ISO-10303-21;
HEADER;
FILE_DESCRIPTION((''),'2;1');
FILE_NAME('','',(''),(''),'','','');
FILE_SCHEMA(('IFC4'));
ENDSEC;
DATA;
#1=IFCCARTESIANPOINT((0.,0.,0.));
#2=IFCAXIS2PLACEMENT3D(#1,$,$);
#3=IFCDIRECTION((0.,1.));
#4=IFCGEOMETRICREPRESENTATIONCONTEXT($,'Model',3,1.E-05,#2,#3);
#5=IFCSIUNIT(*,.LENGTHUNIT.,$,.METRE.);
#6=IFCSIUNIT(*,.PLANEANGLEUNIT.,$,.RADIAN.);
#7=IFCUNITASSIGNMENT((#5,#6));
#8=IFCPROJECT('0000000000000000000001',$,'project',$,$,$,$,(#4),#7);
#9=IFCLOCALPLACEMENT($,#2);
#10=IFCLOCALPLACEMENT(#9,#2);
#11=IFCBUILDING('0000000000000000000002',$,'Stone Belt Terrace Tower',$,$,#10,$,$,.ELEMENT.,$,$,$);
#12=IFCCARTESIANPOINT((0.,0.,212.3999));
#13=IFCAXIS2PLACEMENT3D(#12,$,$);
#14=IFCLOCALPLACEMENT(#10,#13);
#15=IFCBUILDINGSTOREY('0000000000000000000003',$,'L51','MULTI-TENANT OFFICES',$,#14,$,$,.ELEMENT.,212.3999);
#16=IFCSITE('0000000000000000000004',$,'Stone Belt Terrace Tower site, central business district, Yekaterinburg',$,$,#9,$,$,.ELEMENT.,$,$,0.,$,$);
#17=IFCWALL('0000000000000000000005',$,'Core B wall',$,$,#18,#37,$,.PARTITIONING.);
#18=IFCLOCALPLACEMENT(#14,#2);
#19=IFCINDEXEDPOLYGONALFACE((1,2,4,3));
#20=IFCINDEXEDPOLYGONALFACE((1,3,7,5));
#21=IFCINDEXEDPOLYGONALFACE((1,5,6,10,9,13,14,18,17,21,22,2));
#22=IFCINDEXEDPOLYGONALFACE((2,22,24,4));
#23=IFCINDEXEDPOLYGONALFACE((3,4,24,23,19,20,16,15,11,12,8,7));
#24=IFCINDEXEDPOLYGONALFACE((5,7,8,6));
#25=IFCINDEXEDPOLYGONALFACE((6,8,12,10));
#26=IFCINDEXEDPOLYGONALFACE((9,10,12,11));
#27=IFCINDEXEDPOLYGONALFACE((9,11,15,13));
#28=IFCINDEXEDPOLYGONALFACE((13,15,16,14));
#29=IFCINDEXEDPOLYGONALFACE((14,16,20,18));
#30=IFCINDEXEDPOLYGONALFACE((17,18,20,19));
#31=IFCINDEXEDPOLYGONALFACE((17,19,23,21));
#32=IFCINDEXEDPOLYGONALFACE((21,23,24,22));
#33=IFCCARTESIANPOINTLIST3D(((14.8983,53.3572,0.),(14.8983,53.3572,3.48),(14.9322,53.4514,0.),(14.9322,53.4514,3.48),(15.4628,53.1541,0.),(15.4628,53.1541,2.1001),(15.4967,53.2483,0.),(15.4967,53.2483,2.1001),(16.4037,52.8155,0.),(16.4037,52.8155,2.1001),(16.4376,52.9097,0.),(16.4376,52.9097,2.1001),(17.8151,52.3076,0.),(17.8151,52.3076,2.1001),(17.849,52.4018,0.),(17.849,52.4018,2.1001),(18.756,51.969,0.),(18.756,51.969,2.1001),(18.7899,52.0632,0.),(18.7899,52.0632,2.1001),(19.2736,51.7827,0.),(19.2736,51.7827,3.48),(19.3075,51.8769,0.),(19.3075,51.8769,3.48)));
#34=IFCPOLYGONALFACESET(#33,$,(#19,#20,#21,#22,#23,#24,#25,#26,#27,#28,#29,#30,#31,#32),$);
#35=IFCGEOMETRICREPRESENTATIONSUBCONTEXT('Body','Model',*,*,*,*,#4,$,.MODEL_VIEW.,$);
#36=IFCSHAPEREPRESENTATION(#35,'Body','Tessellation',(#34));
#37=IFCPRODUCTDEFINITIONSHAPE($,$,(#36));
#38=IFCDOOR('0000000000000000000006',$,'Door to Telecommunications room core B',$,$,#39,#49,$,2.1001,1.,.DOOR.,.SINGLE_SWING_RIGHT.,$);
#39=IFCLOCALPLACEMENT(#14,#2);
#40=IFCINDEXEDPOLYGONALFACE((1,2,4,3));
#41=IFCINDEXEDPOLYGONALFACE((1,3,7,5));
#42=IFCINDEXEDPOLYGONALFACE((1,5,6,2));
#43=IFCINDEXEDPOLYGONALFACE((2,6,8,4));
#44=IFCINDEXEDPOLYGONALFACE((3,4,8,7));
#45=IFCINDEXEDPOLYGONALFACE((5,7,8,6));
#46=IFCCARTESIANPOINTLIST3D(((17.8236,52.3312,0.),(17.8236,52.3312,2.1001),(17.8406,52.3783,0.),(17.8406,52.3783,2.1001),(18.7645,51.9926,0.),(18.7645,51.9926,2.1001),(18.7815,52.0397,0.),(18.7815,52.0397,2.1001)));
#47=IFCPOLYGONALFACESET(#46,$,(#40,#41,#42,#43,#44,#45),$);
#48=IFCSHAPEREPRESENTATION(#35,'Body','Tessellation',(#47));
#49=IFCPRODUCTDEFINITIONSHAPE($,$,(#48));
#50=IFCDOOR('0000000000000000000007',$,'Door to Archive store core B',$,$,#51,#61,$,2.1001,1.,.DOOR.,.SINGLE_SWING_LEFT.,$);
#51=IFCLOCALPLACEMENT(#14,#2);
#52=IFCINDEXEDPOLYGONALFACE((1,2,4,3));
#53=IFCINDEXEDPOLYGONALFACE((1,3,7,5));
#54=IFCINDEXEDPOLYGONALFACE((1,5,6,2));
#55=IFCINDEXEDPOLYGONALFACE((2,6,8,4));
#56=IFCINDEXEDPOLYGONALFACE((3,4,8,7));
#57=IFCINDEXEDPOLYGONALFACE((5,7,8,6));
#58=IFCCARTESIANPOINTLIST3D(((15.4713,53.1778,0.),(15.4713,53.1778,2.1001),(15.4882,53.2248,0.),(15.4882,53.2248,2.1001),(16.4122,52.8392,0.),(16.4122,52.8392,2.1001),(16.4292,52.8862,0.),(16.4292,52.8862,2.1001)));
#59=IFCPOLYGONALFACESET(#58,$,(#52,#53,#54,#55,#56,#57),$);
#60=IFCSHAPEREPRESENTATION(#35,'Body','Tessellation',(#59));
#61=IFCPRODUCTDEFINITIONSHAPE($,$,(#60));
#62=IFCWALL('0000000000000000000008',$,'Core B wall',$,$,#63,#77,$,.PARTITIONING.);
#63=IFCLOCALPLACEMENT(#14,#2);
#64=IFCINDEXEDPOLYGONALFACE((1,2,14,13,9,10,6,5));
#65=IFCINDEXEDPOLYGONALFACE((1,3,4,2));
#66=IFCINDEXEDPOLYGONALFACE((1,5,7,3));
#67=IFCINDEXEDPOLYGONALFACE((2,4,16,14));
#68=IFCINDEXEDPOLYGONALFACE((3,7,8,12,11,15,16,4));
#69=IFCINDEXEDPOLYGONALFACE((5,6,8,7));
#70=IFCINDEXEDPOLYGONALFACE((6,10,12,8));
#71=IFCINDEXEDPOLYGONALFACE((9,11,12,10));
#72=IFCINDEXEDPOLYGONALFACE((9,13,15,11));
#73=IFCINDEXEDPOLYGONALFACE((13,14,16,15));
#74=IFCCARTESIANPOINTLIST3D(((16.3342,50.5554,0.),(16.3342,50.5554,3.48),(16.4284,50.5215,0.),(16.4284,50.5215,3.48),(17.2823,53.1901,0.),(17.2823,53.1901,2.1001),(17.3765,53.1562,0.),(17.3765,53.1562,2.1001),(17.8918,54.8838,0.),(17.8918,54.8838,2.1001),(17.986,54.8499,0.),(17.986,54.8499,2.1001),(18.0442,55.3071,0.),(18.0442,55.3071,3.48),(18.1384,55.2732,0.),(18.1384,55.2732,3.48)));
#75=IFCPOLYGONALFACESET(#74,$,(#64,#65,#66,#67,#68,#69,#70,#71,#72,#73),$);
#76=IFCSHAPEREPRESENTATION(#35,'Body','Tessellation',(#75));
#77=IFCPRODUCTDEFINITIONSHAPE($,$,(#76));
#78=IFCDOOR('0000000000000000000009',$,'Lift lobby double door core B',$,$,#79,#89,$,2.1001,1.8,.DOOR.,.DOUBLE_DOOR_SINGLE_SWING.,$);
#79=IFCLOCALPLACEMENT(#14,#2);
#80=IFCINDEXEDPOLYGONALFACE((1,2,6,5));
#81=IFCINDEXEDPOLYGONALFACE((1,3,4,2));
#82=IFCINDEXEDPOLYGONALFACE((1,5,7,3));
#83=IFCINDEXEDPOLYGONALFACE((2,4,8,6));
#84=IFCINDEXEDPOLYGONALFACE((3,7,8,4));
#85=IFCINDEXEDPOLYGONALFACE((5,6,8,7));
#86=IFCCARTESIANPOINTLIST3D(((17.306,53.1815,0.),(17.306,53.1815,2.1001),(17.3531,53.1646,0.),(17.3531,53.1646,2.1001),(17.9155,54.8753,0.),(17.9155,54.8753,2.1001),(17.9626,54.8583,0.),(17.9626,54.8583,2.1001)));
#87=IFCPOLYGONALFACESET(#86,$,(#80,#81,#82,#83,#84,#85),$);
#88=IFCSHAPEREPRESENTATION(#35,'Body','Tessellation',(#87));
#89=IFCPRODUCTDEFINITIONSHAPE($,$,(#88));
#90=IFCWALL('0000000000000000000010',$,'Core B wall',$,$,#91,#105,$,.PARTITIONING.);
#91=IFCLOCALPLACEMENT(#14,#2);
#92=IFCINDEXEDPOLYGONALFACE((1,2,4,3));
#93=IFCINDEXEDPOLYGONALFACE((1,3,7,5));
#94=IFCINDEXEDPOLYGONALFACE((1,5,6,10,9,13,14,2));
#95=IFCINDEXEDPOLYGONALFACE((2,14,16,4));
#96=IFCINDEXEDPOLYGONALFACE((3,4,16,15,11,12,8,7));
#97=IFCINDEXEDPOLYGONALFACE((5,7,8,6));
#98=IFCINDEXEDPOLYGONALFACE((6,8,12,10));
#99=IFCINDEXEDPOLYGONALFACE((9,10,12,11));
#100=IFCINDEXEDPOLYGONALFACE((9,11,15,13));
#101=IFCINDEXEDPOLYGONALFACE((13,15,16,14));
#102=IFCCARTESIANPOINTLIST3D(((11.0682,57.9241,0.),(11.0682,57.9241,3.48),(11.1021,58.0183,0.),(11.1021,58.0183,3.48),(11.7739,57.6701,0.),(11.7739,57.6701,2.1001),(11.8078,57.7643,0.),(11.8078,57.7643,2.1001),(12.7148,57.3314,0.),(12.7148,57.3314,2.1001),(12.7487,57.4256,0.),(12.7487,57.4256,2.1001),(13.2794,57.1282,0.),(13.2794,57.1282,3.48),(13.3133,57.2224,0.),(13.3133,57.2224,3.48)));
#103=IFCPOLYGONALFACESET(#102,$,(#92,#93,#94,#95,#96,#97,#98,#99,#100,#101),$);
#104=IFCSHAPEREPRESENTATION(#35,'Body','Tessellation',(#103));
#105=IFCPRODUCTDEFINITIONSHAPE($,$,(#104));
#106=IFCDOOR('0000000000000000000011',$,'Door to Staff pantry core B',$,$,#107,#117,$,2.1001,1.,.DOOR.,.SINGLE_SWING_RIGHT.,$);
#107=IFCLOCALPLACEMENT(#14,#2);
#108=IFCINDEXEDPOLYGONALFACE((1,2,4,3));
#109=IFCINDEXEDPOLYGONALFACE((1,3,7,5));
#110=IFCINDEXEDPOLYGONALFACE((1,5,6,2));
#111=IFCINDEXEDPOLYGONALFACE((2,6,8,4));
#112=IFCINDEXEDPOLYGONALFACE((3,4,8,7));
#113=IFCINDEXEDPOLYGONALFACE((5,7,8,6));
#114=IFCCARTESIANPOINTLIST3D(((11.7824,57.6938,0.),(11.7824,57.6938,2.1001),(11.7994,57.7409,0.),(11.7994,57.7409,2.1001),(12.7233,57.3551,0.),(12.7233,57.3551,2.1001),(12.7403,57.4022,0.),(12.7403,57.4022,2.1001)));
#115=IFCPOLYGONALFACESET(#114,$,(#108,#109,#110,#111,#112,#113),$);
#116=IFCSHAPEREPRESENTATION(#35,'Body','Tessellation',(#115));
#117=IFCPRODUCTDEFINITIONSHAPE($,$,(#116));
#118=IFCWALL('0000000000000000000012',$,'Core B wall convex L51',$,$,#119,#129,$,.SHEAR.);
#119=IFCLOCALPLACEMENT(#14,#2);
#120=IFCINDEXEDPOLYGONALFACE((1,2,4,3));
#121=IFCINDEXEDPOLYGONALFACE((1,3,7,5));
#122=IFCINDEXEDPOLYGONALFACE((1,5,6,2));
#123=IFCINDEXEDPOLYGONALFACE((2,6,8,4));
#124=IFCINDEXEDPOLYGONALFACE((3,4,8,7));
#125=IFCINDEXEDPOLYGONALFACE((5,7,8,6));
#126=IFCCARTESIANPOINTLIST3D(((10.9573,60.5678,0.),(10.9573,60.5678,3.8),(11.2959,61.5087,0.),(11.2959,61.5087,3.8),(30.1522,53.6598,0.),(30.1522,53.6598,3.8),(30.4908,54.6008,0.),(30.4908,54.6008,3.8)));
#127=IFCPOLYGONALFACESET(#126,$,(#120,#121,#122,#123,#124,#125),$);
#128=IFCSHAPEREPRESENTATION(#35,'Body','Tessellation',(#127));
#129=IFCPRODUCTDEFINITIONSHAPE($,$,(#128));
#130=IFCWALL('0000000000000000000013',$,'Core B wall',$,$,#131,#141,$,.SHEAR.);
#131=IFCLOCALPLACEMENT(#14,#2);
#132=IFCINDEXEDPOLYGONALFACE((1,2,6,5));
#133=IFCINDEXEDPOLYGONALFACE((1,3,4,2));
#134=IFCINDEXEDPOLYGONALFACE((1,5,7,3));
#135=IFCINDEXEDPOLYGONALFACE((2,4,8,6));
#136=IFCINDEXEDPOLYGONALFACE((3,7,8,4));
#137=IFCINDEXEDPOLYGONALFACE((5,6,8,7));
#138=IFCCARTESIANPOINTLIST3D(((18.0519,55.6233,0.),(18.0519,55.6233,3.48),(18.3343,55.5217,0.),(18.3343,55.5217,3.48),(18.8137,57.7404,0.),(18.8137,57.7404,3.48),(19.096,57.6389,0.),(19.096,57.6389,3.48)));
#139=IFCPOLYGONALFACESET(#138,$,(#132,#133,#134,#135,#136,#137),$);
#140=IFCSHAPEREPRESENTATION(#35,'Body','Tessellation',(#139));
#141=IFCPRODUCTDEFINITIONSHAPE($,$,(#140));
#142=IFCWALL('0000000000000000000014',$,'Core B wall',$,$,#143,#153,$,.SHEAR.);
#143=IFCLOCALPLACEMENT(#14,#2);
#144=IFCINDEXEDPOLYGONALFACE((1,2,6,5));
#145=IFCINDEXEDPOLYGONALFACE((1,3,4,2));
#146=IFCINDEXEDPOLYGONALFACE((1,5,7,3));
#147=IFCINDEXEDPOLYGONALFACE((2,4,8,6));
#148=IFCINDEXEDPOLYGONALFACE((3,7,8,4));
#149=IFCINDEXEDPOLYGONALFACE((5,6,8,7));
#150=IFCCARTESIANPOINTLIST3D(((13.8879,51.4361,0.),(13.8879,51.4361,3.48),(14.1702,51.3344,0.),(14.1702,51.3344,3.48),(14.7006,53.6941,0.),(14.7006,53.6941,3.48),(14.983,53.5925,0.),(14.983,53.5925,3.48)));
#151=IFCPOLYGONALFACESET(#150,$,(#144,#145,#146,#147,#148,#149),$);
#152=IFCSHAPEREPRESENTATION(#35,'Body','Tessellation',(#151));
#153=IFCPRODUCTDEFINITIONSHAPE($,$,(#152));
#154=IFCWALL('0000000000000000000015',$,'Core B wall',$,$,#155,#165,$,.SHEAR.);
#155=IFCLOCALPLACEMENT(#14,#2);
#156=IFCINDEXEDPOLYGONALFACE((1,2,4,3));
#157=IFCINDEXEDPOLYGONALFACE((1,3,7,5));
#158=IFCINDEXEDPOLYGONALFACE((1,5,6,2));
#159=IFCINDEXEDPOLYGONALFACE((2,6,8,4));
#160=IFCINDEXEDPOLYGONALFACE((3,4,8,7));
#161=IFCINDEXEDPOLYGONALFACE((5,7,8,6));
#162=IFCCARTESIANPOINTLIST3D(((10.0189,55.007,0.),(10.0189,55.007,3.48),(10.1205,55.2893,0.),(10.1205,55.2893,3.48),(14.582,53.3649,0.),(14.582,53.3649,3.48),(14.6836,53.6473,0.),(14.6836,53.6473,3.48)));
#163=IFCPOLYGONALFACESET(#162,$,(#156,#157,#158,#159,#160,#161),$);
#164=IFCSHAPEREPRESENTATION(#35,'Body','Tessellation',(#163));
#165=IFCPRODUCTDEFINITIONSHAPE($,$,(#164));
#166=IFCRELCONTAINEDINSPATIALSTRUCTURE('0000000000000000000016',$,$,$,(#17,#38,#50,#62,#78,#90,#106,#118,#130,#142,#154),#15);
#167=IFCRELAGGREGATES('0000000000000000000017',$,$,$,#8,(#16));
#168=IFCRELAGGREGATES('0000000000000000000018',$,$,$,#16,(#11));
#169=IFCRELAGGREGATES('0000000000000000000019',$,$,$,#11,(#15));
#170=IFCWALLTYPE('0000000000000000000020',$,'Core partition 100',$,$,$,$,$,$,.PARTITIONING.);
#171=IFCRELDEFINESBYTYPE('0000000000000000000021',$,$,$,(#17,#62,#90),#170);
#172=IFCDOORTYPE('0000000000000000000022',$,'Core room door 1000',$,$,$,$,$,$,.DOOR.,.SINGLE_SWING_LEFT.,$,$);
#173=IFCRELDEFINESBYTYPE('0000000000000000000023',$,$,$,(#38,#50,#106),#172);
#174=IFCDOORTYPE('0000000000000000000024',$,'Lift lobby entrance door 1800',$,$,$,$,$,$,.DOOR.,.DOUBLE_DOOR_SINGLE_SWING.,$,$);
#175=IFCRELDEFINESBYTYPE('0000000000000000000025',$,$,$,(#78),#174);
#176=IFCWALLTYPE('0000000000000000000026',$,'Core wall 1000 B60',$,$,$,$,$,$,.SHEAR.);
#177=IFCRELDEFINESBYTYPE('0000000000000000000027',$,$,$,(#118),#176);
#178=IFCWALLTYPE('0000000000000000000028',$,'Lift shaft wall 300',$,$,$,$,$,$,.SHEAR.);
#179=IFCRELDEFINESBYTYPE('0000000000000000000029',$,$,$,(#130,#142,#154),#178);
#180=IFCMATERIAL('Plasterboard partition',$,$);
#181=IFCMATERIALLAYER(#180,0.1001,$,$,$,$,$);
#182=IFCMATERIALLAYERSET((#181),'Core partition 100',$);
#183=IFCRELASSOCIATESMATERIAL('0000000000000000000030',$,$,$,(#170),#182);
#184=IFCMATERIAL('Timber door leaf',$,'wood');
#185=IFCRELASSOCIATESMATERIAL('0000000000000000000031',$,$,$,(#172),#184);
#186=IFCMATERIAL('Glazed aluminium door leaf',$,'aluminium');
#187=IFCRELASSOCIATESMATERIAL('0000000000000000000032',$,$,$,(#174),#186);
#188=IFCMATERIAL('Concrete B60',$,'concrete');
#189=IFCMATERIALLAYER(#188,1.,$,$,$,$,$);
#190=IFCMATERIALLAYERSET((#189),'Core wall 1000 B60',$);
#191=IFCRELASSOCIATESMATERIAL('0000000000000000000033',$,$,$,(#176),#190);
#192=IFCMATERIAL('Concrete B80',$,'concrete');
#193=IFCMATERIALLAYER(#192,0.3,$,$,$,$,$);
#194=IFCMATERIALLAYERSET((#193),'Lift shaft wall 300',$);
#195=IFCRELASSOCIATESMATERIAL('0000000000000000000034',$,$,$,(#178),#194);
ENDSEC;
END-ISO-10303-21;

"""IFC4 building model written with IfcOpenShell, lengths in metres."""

from ifc_helpers import new_model, si_unit, direction, frame, frame_2d, origin, place, context, subcontext, project, spatial, rectangle, extrude, material, layer, layer_set, type_object, element, fill, save


model = new_model("IFC4")

# Units and contexts
model_context = context("Model", 3, precision=1e-05, world=origin(), true_north=direction((0.0, 1.0)))
body_context = subcontext(model_context, "Body", "Model", "MODEL_VIEW")
ifc_project = project(units=[si_unit("LENGTHUNIT", "METRE"), si_unit("PLANEANGLEUNIT", "RADIAN")], contexts=[model_context])

# Site, building, storey
site_placement = place(None, origin())
site = spatial("IfcSite", under=ifc_project, at=site_placement, Name="Stone Belt Terrace Tower site, central business district, Yekaterinburg", CompositionType="ELEMENT", RefElevation=0.0)
building_placement = place(site_placement, origin())
building = spatial("IfcBuilding", under=site, at=building_placement, Name="Stone Belt Terrace Tower", CompositionType="ELEMENT")
storey_placement = place(building_placement, frame((0.0, 0.0, 212.3999)))
storey = spatial("IfcBuildingStorey", under=building, at=storey_placement, Name="L51", Description="MULTI-TENANT OFFICES", CompositionType="ELEMENT", Elevation=212.3999)

# Shared definitions
ifc_material_1 = material(Name="Concrete B60", Category="concrete")

# Wall, openings, doors
ifc_material_2 = material(Name="Plasterboard partition")
ifc_layer_1 = layer(ifc_material_2, 0.1001)
ifc_layer_set_1 = layer_set([ifc_layer_1], Name="Core partition 100")
wall_type_1 = type_object("IfcWallType", Name="Core partition 100", PredefinedType="PARTITIONING", material=ifc_layer_set_1)
wall_1_placement = place(storey_placement, frame((19.2905, 51.8298, 0.0), z_axis=(0.0, 0.0, 1.0), x_axis=(-0.94093, 0.3386, 0.0)))
wall_1 = element("IfcWall", 1, at=wall_1_placement, inside=storey, type_object=wall_type_1, Name="Core B wall", PredefinedType="PARTITIONING", context=body_context, shape_type="SweptSolid", body=[
    extrude(rectangle(XDim=4.6499, YDim=0.1001, at=frame_2d((2.325, 0.0))), origin(), (0.0, 0.0, 1.0), 3.48),
])
opening_1_placement = place(wall_1_placement, frame((0.55, 0.0, 0.0)))
opening_1 = element("IfcOpeningElement", 2, at=opening_1_placement, cuts=wall_1, PredefinedType="OPENING", context=body_context, shape_type="SweptSolid", body=[
    extrude(rectangle(XDim=1.0, YDim=2.1001, at=frame_2d((0.5, 1.05))), frame((0.0, 0.0601, 0.0), z_axis=(0.0, -1.0, 0.0), x_axis=(1.0, 0.0, 0.0)), (0.0, 0.0, 1.0), 0.1201),
])
opening_2_placement = place(wall_1_placement, frame((3.05, 0.0, 0.0)))
opening_2 = element("IfcOpeningElement", 3, at=opening_2_placement, cuts=wall_1, PredefinedType="OPENING", context=body_context, shape_type="SweptSolid", body=[
    extrude(rectangle(XDim=1.0, YDim=2.1001, at=frame_2d((0.5, 1.05))), frame((0.0, 0.0601, 0.0), z_axis=(0.0, -1.0, 0.0), x_axis=(1.0, 0.0, 0.0)), (0.0, 0.0, 1.0), 0.1201),
])
ifc_material_3 = material(Name="Timber door leaf", Category="wood")
door_type_1 = type_object("IfcDoorType", Name="Core room door 1000", OperationType="SINGLE_SWING_LEFT", PredefinedType="DOOR", material=ifc_material_3)
door_1_placement = place(opening_1_placement, origin())
door_1 = element("IfcDoor", 4, at=door_1_placement, inside=storey, type_object=door_type_1, Name="Door to Telecommunications room core B", OperationType="SINGLE_SWING_RIGHT", OverallHeight=2.1001, OverallWidth=1.0, PredefinedType="DOOR", context=body_context, shape_type="SweptSolid", body=[
    extrude(rectangle(XDim=1.0, YDim=2.1001, at=frame_2d((0.5, 1.05))), frame((0.0, 0.0249, 0.0), z_axis=(0.0, -1.0, 0.0), x_axis=(1.0, 0.0, 0.0)), (0.0, 0.0, 1.0), 0.05),
])
fill(opening_1, door_1)
door_2_placement = place(opening_2_placement, origin())
door_2 = element("IfcDoor", 5, at=door_2_placement, inside=storey, type_object=door_type_1, Name="Door to Archive store core B", OperationType="SINGLE_SWING_LEFT", OverallHeight=2.1001, OverallWidth=1.0, PredefinedType="DOOR", context=body_context, shape_type="SweptSolid", body=[
    extrude(rectangle(XDim=1.0, YDim=2.1001, at=frame_2d((0.5, 1.05))), frame((0.0, 0.0249, 0.0), z_axis=(0.0, -1.0, 0.0), x_axis=(1.0, 0.0, 0.0)), (0.0, 0.0, 1.0), 0.05),
])
fill(opening_2, door_2)

# Walls, openings, doors
wall_2_placement = place(storey_placement, frame((16.3813, 50.5386, 0.0), z_axis=(0.0, 0.0, 1.0), x_axis=(0.338605, 0.940929, 0.0)))
wall_2 = element("IfcWall", 6, at=wall_2_placement, inside=storey, type_object=wall_type_1, Name="Core B wall", PredefinedType="PARTITIONING", context=body_context, shape_type="SweptSolid", body=[
    extrude(rectangle(XDim=5.05, YDim=0.1001, at=frame_2d((2.5249, 0.0))), origin(), (0.0, 0.0, 1.0), 3.48),
])
opening_3_placement = place(wall_2_placement, frame((2.8, 0.0, 0.0)))
opening_3 = element("IfcOpeningElement", 7, at=opening_3_placement, cuts=wall_2, PredefinedType="OPENING", context=body_context, shape_type="SweptSolid", body=[
    extrude(rectangle(XDim=1.8, YDim=2.1001, at=frame_2d((0.8999, 1.05))), frame((0.0, 0.0601, 0.0), z_axis=(0.0, -1.0, 0.0), x_axis=(1.0, 0.0, 0.0)), (0.0, 0.0, 1.0), 0.1201),
])
ifc_material_4 = material(Name="Glazed aluminium door leaf", Category="aluminium")
door_type_2 = type_object("IfcDoorType", Name="Lift lobby entrance door 1800", OperationType="DOUBLE_DOOR_SINGLE_SWING", PredefinedType="DOOR", material=ifc_material_4)
door_3_placement = place(opening_3_placement, origin())
door_3 = element("IfcDoor", 8, at=door_3_placement, inside=storey, type_object=door_type_2, Name="Lift lobby double door core B", OperationType="DOUBLE_DOOR_SINGLE_SWING", OverallHeight=2.1001, OverallWidth=1.8, PredefinedType="DOOR", context=body_context, shape_type="SweptSolid", body=[
    extrude(rectangle(XDim=1.8, YDim=2.1001, at=frame_2d((0.8999, 1.05))), frame((0.0, 0.0249, 0.0), z_axis=(0.0, -1.0, 0.0), x_axis=(1.0, 0.0, 0.0)), (0.0, 0.0, 1.0), 0.05),
])
fill(opening_3, door_3)
wall_3_placement = place(storey_placement, frame((13.2964, 57.1753, 0.0), z_axis=(0.0, 0.0, 1.0), x_axis=(-0.940905, 0.338672, 0.0)))
wall_3 = element("IfcWall", 9, at=wall_3_placement, inside=storey, type_object=wall_type_1, Name="Core B wall", PredefinedType="PARTITIONING", context=body_context, shape_type="SweptSolid", body=[
    extrude(rectangle(XDim=2.3501, YDim=0.1001, at=frame_2d((1.175, 0.0))), origin(), (0.0, 0.0, 1.0), 3.48),
])
opening_4_placement = place(wall_3_placement, frame((0.6001, 0.0, 0.0)))
opening_4 = element("IfcOpeningElement", 10, at=opening_4_placement, cuts=wall_3, PredefinedType="OPENING", context=body_context, shape_type="SweptSolid", body=[
    extrude(rectangle(XDim=1.0, YDim=2.1001, at=frame_2d((0.5, 1.05))), frame((0.0, 0.0601, 0.0), z_axis=(0.0, -1.0, 0.0), x_axis=(1.0, 0.0, 0.0)), (0.0, 0.0, 1.0), 0.1201),
])
door_4_placement = place(opening_4_placement, origin())
door_4 = element("IfcDoor", 11, at=door_4_placement, inside=storey, type_object=door_type_1, Name="Door to Staff pantry core B", OperationType="SINGLE_SWING_RIGHT", OverallHeight=2.1001, OverallWidth=1.0, PredefinedType="DOOR", context=body_context, shape_type="SweptSolid", body=[
    extrude(rectangle(XDim=1.0, YDim=2.1001, at=frame_2d((0.5, 1.05))), frame((0.0, 0.0249, 0.0), z_axis=(0.0, -1.0, 0.0), x_axis=(1.0, 0.0, 0.0)), (0.0, 0.0, 1.0), 0.05),
])
fill(opening_4, door_4)

# Walls
ifc_layer_2 = layer(ifc_material_1, 1.0)
ifc_layer_set_2 = layer_set([ifc_layer_2], Name="Core wall 1000 B60")
wall_type_2 = type_object("IfcWallType", Name="Core wall 1000 B60", PredefinedType="SHEAR", material=ifc_layer_set_2)
wall_4_placement = place(storey_placement, frame((11.1265, 61.0383, 0.0), z_axis=(0.0, 0.0, 1.0), x_axis=(0.940921, -0.338625, 0.0)))
element("IfcWall", 12, at=wall_4_placement, inside=storey, type_object=wall_type_2, Name="Core B wall convex L51", PredefinedType="SHEAR", context=body_context, shape_type="SweptSolid", body=[
    extrude(rectangle(XDim=20.4001, YDim=1.0, at=frame_2d((10.2002, 0.0))), origin(), (0.0, 0.0, 1.0), 3.8),
])
ifc_material_5 = material(Name="Concrete B80", Category="concrete")
ifc_layer_3 = layer(ifc_material_5, 0.3)
ifc_layer_set_3 = layer_set([ifc_layer_3], Name="Lift shaft wall 300")
wall_type_3 = type_object("IfcWallType", Name="Lift shaft wall 300", PredefinedType="SHEAR", material=ifc_layer_set_3)
wall_5_placement = place(storey_placement, frame((18.1931, 55.5725, 0.0), z_axis=(0.0, 0.0, 1.0), x_axis=(0.338535, 0.940954, 0.0)))
element("IfcWall", 13, at=wall_5_placement, inside=storey, type_object=wall_type_3, Name="Core B wall", PredefinedType="SHEAR", context=body_context, shape_type="SweptSolid", body=[
    extrude(rectangle(XDim=2.25, YDim=0.3, at=frame_2d((1.125, 0.0))), origin(), (0.0, 0.0, 1.0), 3.48),
])
wall_6_placement = place(storey_placement, frame((14.0291, 51.3853, 0.0), z_axis=(0.0, 0.0, 1.0), x_axis=(0.338662, 0.940908, 0.0)))
element("IfcWall", 14, at=wall_6_placement, inside=storey, type_object=wall_type_3, Name="Core B wall", PredefinedType="SHEAR", context=body_context, shape_type="SweptSolid", body=[
    extrude(rectangle(XDim=2.3999, YDim=0.3, at=frame_2d((1.2, 0.0))), origin(), (0.0, 0.0, 1.0), 3.48),
])
wall_7_placement = place(storey_placement, frame((14.6328, 53.5061, 0.0), z_axis=(0.0, 0.0, 1.0), x_axis=(-0.940932, 0.338596, 0.0)))
element("IfcWall", 15, at=wall_7_placement, inside=storey, type_object=wall_type_3, Name="Core B wall", PredefinedType="SHEAR", context=body_context, shape_type="SweptSolid", body=[
    extrude(rectangle(XDim=4.8496, YDim=0.3, at=frame_2d((2.4248, 0.0))), origin(), (0.0, 0.0, 1.0), 3.48),
])

save(model, "model.ifc")
